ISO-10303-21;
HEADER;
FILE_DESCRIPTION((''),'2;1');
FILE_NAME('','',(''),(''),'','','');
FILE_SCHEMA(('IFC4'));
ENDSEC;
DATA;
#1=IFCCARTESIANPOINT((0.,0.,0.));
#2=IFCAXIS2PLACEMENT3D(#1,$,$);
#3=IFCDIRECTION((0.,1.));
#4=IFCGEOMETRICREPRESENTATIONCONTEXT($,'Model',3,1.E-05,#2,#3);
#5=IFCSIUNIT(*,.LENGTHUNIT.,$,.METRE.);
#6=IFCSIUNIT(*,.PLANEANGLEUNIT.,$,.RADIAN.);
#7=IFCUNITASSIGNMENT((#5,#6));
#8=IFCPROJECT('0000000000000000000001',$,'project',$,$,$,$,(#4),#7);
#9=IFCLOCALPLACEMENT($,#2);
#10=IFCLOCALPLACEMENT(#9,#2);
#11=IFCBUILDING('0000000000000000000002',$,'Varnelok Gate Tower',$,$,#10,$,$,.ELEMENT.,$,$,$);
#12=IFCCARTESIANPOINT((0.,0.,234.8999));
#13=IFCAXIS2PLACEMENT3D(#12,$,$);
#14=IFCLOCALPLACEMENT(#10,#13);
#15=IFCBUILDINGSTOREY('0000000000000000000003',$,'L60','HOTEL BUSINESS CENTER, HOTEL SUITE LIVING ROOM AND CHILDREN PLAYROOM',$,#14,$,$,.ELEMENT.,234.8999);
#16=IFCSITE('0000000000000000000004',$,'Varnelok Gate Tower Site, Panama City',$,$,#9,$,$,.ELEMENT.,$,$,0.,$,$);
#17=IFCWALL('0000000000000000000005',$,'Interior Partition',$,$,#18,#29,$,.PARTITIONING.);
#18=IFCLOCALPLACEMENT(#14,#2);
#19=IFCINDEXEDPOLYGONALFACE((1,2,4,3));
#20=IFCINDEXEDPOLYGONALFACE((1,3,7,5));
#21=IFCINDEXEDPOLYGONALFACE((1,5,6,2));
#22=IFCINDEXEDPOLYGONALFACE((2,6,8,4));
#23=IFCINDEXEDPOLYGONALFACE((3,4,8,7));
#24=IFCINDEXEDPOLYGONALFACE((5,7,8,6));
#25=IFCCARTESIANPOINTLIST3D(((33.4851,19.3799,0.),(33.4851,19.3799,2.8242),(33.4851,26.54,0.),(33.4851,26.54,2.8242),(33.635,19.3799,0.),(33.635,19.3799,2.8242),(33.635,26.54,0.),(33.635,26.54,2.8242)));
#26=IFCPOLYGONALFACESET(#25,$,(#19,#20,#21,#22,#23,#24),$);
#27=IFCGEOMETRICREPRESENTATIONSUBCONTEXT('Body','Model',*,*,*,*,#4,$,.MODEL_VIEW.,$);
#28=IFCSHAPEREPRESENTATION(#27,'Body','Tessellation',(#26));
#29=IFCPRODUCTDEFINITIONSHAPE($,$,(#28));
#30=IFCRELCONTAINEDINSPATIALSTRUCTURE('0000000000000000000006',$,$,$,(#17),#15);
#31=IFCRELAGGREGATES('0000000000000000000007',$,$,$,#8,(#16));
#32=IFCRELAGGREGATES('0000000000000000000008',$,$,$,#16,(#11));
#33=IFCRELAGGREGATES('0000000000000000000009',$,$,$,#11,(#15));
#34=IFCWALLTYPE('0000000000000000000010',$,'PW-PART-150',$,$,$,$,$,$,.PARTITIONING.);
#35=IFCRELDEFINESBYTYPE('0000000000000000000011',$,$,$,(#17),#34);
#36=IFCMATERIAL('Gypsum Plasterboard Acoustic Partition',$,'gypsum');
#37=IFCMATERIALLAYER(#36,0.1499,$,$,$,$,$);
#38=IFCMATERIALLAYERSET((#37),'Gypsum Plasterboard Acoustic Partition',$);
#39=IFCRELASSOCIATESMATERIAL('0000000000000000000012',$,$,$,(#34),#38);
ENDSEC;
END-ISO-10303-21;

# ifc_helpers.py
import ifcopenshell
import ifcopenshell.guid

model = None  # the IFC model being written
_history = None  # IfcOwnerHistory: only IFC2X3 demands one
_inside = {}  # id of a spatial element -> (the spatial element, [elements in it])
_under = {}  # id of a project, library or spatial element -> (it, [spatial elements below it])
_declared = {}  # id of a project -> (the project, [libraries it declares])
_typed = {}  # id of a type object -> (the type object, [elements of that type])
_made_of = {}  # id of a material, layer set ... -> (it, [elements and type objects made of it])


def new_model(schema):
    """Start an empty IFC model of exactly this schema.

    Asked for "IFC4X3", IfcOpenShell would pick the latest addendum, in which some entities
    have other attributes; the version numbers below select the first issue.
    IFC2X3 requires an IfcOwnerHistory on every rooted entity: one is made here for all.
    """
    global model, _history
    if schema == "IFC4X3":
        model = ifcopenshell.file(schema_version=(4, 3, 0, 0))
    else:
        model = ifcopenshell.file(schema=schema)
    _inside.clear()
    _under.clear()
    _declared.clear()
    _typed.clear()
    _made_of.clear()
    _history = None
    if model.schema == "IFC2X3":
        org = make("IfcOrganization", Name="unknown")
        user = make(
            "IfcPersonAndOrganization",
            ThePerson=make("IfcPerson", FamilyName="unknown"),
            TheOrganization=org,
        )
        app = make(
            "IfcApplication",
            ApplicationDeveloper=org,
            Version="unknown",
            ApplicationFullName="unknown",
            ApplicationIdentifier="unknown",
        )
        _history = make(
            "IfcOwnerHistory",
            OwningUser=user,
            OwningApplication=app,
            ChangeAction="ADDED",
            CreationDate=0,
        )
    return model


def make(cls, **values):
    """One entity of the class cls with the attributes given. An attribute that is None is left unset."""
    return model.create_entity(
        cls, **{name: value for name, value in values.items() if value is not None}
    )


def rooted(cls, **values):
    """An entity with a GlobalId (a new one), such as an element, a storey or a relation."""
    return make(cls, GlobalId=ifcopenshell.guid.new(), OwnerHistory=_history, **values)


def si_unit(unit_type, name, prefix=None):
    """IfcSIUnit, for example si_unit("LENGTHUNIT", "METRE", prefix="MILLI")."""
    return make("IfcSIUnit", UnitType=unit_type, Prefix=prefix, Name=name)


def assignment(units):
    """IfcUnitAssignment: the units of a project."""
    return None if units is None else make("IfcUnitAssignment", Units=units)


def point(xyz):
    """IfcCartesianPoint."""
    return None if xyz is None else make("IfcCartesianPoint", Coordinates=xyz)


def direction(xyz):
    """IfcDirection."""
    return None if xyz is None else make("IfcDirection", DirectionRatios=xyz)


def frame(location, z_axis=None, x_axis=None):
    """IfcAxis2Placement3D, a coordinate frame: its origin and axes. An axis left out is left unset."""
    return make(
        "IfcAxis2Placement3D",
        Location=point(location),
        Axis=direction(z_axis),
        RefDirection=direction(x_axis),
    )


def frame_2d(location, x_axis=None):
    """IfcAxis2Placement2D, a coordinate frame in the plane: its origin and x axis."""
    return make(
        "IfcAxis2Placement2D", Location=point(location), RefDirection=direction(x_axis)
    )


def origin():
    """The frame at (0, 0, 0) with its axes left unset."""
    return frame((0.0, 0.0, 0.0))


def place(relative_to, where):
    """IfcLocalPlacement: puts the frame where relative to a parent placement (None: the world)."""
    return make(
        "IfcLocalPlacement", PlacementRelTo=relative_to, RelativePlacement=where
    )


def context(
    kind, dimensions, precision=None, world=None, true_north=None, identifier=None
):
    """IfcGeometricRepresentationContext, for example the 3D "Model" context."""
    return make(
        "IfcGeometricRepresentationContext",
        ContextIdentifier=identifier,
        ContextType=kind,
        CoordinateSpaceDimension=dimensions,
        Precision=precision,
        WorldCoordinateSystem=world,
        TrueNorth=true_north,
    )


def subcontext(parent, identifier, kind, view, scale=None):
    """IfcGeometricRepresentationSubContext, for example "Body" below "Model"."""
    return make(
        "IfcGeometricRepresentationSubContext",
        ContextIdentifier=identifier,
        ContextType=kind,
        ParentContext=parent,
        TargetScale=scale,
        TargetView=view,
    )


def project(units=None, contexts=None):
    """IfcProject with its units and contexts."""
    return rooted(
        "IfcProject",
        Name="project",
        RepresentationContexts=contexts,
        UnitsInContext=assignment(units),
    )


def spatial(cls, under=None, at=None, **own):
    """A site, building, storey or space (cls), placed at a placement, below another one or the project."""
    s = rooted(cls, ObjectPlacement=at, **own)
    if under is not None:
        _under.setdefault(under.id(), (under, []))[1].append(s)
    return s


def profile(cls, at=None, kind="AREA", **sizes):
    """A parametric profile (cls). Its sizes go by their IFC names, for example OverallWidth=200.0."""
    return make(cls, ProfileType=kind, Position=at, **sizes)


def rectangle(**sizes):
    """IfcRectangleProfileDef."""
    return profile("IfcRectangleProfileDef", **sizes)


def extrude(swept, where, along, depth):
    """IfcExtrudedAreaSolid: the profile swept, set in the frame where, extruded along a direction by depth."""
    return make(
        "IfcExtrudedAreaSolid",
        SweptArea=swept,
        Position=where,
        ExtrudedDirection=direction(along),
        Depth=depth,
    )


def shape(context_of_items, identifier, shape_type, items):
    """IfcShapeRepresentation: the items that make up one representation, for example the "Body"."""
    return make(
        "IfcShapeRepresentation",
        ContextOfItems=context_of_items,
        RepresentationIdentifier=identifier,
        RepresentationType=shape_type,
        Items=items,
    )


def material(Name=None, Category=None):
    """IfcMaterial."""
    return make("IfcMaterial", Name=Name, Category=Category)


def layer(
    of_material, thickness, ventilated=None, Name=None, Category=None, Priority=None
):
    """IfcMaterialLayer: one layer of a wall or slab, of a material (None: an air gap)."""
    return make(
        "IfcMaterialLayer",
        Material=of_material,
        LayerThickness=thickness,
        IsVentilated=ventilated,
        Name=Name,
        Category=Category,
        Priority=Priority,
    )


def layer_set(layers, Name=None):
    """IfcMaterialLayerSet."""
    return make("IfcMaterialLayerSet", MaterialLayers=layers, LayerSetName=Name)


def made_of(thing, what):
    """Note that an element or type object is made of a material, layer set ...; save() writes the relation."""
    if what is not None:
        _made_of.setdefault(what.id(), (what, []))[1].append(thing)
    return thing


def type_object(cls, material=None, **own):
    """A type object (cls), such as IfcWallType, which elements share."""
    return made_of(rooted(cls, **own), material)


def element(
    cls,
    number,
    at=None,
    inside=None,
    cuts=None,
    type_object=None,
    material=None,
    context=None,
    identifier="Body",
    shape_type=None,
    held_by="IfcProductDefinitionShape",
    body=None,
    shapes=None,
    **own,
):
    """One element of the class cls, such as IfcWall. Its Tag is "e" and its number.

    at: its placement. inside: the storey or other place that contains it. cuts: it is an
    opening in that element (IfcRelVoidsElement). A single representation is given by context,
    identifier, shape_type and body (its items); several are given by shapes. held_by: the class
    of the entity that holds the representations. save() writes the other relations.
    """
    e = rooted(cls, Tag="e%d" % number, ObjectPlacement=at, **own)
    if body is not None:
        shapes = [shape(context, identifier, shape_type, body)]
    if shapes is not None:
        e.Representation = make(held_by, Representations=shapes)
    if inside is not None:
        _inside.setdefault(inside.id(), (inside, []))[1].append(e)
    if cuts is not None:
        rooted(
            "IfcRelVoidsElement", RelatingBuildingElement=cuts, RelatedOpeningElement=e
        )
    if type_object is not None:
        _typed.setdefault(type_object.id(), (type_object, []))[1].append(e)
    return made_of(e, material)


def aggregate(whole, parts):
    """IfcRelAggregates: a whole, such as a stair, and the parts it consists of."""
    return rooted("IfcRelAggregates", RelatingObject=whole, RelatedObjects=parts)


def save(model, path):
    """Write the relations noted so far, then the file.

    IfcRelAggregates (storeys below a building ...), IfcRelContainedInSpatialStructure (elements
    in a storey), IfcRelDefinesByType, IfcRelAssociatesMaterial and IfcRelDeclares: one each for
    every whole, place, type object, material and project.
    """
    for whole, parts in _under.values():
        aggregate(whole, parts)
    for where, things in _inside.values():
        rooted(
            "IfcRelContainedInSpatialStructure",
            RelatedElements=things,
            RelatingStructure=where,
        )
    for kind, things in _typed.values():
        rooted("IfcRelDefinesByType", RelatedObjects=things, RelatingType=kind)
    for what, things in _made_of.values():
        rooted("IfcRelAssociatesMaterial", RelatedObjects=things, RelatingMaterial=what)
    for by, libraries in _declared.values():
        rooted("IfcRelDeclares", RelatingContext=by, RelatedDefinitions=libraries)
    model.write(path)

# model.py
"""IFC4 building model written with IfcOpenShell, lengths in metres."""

from ifc_helpers import new_model, si_unit, direction, frame, frame_2d, origin, place, context, subcontext, project, spatial, rectangle, extrude, material, layer, layer_set, type_object, element, save


model = new_model("IFC4")

# Units and contexts
model_context = context("Model", 3, precision=1e-05, world=origin(), true_north=direction((0.0, 1.0)))
body_context = subcontext(model_context, "Body", "Model", "MODEL_VIEW")
ifc_project = project(units=[si_unit("LENGTHUNIT", "METRE"), si_unit("PLANEANGLEUNIT", "RADIAN")], contexts=[model_context])

# Site, building, storey
site_placement = place(None, origin())
site = spatial("IfcSite", under=ifc_project, at=site_placement, Name="Varnelok Gate Tower Site, Panama City", CompositionType="ELEMENT", RefElevation=0.0)
building_placement = place(site_placement, origin())
building = spatial("IfcBuilding", under=site, at=building_placement, Name="Varnelok Gate Tower", CompositionType="ELEMENT")
storey_placement = place(building_placement, frame((0.0, 0.0, 234.8999)))
storey = spatial("IfcBuildingStorey", under=building, at=storey_placement, Name="L60", Description="HOTEL BUSINESS CENTER, HOTEL SUITE LIVING ROOM AND CHILDREN PLAYROOM", CompositionType="ELEMENT", Elevation=234.8999)

# Shared definitions
ifc_material_1 = material(Name="Gypsum Plasterboard Acoustic Partition", Category="gypsum")

# Shared definitions
ifc_layer_1 = layer(ifc_material_1, 0.1499)
ifc_layer_set_1 = layer_set([ifc_layer_1], Name="Gypsum Plasterboard Acoustic Partition")
wall_type_1 = type_object("IfcWallType", Name="PW-PART-150", PredefinedType="PARTITIONING", material=ifc_layer_set_1)

# Wall
wall_1_placement = place(storey_placement, frame((33.5601, 19.3799, 0.0), z_axis=(0.0, 0.0, 1.0), x_axis=(0.0, 1.0, 0.0)))
element("IfcWall", 1, at=wall_1_placement, inside=storey, type_object=wall_type_1, Name="Interior Partition", PredefinedType="PARTITIONING", context=body_context, shape_type="SweptSolid", body=[
    extrude(rectangle(XDim=7.1602, YDim=0.1499, at=frame_2d((3.5801, 0.0))), origin(), (0.0, 0.0, 1.0), 2.8242),
])

save(model, "model.ifc")
